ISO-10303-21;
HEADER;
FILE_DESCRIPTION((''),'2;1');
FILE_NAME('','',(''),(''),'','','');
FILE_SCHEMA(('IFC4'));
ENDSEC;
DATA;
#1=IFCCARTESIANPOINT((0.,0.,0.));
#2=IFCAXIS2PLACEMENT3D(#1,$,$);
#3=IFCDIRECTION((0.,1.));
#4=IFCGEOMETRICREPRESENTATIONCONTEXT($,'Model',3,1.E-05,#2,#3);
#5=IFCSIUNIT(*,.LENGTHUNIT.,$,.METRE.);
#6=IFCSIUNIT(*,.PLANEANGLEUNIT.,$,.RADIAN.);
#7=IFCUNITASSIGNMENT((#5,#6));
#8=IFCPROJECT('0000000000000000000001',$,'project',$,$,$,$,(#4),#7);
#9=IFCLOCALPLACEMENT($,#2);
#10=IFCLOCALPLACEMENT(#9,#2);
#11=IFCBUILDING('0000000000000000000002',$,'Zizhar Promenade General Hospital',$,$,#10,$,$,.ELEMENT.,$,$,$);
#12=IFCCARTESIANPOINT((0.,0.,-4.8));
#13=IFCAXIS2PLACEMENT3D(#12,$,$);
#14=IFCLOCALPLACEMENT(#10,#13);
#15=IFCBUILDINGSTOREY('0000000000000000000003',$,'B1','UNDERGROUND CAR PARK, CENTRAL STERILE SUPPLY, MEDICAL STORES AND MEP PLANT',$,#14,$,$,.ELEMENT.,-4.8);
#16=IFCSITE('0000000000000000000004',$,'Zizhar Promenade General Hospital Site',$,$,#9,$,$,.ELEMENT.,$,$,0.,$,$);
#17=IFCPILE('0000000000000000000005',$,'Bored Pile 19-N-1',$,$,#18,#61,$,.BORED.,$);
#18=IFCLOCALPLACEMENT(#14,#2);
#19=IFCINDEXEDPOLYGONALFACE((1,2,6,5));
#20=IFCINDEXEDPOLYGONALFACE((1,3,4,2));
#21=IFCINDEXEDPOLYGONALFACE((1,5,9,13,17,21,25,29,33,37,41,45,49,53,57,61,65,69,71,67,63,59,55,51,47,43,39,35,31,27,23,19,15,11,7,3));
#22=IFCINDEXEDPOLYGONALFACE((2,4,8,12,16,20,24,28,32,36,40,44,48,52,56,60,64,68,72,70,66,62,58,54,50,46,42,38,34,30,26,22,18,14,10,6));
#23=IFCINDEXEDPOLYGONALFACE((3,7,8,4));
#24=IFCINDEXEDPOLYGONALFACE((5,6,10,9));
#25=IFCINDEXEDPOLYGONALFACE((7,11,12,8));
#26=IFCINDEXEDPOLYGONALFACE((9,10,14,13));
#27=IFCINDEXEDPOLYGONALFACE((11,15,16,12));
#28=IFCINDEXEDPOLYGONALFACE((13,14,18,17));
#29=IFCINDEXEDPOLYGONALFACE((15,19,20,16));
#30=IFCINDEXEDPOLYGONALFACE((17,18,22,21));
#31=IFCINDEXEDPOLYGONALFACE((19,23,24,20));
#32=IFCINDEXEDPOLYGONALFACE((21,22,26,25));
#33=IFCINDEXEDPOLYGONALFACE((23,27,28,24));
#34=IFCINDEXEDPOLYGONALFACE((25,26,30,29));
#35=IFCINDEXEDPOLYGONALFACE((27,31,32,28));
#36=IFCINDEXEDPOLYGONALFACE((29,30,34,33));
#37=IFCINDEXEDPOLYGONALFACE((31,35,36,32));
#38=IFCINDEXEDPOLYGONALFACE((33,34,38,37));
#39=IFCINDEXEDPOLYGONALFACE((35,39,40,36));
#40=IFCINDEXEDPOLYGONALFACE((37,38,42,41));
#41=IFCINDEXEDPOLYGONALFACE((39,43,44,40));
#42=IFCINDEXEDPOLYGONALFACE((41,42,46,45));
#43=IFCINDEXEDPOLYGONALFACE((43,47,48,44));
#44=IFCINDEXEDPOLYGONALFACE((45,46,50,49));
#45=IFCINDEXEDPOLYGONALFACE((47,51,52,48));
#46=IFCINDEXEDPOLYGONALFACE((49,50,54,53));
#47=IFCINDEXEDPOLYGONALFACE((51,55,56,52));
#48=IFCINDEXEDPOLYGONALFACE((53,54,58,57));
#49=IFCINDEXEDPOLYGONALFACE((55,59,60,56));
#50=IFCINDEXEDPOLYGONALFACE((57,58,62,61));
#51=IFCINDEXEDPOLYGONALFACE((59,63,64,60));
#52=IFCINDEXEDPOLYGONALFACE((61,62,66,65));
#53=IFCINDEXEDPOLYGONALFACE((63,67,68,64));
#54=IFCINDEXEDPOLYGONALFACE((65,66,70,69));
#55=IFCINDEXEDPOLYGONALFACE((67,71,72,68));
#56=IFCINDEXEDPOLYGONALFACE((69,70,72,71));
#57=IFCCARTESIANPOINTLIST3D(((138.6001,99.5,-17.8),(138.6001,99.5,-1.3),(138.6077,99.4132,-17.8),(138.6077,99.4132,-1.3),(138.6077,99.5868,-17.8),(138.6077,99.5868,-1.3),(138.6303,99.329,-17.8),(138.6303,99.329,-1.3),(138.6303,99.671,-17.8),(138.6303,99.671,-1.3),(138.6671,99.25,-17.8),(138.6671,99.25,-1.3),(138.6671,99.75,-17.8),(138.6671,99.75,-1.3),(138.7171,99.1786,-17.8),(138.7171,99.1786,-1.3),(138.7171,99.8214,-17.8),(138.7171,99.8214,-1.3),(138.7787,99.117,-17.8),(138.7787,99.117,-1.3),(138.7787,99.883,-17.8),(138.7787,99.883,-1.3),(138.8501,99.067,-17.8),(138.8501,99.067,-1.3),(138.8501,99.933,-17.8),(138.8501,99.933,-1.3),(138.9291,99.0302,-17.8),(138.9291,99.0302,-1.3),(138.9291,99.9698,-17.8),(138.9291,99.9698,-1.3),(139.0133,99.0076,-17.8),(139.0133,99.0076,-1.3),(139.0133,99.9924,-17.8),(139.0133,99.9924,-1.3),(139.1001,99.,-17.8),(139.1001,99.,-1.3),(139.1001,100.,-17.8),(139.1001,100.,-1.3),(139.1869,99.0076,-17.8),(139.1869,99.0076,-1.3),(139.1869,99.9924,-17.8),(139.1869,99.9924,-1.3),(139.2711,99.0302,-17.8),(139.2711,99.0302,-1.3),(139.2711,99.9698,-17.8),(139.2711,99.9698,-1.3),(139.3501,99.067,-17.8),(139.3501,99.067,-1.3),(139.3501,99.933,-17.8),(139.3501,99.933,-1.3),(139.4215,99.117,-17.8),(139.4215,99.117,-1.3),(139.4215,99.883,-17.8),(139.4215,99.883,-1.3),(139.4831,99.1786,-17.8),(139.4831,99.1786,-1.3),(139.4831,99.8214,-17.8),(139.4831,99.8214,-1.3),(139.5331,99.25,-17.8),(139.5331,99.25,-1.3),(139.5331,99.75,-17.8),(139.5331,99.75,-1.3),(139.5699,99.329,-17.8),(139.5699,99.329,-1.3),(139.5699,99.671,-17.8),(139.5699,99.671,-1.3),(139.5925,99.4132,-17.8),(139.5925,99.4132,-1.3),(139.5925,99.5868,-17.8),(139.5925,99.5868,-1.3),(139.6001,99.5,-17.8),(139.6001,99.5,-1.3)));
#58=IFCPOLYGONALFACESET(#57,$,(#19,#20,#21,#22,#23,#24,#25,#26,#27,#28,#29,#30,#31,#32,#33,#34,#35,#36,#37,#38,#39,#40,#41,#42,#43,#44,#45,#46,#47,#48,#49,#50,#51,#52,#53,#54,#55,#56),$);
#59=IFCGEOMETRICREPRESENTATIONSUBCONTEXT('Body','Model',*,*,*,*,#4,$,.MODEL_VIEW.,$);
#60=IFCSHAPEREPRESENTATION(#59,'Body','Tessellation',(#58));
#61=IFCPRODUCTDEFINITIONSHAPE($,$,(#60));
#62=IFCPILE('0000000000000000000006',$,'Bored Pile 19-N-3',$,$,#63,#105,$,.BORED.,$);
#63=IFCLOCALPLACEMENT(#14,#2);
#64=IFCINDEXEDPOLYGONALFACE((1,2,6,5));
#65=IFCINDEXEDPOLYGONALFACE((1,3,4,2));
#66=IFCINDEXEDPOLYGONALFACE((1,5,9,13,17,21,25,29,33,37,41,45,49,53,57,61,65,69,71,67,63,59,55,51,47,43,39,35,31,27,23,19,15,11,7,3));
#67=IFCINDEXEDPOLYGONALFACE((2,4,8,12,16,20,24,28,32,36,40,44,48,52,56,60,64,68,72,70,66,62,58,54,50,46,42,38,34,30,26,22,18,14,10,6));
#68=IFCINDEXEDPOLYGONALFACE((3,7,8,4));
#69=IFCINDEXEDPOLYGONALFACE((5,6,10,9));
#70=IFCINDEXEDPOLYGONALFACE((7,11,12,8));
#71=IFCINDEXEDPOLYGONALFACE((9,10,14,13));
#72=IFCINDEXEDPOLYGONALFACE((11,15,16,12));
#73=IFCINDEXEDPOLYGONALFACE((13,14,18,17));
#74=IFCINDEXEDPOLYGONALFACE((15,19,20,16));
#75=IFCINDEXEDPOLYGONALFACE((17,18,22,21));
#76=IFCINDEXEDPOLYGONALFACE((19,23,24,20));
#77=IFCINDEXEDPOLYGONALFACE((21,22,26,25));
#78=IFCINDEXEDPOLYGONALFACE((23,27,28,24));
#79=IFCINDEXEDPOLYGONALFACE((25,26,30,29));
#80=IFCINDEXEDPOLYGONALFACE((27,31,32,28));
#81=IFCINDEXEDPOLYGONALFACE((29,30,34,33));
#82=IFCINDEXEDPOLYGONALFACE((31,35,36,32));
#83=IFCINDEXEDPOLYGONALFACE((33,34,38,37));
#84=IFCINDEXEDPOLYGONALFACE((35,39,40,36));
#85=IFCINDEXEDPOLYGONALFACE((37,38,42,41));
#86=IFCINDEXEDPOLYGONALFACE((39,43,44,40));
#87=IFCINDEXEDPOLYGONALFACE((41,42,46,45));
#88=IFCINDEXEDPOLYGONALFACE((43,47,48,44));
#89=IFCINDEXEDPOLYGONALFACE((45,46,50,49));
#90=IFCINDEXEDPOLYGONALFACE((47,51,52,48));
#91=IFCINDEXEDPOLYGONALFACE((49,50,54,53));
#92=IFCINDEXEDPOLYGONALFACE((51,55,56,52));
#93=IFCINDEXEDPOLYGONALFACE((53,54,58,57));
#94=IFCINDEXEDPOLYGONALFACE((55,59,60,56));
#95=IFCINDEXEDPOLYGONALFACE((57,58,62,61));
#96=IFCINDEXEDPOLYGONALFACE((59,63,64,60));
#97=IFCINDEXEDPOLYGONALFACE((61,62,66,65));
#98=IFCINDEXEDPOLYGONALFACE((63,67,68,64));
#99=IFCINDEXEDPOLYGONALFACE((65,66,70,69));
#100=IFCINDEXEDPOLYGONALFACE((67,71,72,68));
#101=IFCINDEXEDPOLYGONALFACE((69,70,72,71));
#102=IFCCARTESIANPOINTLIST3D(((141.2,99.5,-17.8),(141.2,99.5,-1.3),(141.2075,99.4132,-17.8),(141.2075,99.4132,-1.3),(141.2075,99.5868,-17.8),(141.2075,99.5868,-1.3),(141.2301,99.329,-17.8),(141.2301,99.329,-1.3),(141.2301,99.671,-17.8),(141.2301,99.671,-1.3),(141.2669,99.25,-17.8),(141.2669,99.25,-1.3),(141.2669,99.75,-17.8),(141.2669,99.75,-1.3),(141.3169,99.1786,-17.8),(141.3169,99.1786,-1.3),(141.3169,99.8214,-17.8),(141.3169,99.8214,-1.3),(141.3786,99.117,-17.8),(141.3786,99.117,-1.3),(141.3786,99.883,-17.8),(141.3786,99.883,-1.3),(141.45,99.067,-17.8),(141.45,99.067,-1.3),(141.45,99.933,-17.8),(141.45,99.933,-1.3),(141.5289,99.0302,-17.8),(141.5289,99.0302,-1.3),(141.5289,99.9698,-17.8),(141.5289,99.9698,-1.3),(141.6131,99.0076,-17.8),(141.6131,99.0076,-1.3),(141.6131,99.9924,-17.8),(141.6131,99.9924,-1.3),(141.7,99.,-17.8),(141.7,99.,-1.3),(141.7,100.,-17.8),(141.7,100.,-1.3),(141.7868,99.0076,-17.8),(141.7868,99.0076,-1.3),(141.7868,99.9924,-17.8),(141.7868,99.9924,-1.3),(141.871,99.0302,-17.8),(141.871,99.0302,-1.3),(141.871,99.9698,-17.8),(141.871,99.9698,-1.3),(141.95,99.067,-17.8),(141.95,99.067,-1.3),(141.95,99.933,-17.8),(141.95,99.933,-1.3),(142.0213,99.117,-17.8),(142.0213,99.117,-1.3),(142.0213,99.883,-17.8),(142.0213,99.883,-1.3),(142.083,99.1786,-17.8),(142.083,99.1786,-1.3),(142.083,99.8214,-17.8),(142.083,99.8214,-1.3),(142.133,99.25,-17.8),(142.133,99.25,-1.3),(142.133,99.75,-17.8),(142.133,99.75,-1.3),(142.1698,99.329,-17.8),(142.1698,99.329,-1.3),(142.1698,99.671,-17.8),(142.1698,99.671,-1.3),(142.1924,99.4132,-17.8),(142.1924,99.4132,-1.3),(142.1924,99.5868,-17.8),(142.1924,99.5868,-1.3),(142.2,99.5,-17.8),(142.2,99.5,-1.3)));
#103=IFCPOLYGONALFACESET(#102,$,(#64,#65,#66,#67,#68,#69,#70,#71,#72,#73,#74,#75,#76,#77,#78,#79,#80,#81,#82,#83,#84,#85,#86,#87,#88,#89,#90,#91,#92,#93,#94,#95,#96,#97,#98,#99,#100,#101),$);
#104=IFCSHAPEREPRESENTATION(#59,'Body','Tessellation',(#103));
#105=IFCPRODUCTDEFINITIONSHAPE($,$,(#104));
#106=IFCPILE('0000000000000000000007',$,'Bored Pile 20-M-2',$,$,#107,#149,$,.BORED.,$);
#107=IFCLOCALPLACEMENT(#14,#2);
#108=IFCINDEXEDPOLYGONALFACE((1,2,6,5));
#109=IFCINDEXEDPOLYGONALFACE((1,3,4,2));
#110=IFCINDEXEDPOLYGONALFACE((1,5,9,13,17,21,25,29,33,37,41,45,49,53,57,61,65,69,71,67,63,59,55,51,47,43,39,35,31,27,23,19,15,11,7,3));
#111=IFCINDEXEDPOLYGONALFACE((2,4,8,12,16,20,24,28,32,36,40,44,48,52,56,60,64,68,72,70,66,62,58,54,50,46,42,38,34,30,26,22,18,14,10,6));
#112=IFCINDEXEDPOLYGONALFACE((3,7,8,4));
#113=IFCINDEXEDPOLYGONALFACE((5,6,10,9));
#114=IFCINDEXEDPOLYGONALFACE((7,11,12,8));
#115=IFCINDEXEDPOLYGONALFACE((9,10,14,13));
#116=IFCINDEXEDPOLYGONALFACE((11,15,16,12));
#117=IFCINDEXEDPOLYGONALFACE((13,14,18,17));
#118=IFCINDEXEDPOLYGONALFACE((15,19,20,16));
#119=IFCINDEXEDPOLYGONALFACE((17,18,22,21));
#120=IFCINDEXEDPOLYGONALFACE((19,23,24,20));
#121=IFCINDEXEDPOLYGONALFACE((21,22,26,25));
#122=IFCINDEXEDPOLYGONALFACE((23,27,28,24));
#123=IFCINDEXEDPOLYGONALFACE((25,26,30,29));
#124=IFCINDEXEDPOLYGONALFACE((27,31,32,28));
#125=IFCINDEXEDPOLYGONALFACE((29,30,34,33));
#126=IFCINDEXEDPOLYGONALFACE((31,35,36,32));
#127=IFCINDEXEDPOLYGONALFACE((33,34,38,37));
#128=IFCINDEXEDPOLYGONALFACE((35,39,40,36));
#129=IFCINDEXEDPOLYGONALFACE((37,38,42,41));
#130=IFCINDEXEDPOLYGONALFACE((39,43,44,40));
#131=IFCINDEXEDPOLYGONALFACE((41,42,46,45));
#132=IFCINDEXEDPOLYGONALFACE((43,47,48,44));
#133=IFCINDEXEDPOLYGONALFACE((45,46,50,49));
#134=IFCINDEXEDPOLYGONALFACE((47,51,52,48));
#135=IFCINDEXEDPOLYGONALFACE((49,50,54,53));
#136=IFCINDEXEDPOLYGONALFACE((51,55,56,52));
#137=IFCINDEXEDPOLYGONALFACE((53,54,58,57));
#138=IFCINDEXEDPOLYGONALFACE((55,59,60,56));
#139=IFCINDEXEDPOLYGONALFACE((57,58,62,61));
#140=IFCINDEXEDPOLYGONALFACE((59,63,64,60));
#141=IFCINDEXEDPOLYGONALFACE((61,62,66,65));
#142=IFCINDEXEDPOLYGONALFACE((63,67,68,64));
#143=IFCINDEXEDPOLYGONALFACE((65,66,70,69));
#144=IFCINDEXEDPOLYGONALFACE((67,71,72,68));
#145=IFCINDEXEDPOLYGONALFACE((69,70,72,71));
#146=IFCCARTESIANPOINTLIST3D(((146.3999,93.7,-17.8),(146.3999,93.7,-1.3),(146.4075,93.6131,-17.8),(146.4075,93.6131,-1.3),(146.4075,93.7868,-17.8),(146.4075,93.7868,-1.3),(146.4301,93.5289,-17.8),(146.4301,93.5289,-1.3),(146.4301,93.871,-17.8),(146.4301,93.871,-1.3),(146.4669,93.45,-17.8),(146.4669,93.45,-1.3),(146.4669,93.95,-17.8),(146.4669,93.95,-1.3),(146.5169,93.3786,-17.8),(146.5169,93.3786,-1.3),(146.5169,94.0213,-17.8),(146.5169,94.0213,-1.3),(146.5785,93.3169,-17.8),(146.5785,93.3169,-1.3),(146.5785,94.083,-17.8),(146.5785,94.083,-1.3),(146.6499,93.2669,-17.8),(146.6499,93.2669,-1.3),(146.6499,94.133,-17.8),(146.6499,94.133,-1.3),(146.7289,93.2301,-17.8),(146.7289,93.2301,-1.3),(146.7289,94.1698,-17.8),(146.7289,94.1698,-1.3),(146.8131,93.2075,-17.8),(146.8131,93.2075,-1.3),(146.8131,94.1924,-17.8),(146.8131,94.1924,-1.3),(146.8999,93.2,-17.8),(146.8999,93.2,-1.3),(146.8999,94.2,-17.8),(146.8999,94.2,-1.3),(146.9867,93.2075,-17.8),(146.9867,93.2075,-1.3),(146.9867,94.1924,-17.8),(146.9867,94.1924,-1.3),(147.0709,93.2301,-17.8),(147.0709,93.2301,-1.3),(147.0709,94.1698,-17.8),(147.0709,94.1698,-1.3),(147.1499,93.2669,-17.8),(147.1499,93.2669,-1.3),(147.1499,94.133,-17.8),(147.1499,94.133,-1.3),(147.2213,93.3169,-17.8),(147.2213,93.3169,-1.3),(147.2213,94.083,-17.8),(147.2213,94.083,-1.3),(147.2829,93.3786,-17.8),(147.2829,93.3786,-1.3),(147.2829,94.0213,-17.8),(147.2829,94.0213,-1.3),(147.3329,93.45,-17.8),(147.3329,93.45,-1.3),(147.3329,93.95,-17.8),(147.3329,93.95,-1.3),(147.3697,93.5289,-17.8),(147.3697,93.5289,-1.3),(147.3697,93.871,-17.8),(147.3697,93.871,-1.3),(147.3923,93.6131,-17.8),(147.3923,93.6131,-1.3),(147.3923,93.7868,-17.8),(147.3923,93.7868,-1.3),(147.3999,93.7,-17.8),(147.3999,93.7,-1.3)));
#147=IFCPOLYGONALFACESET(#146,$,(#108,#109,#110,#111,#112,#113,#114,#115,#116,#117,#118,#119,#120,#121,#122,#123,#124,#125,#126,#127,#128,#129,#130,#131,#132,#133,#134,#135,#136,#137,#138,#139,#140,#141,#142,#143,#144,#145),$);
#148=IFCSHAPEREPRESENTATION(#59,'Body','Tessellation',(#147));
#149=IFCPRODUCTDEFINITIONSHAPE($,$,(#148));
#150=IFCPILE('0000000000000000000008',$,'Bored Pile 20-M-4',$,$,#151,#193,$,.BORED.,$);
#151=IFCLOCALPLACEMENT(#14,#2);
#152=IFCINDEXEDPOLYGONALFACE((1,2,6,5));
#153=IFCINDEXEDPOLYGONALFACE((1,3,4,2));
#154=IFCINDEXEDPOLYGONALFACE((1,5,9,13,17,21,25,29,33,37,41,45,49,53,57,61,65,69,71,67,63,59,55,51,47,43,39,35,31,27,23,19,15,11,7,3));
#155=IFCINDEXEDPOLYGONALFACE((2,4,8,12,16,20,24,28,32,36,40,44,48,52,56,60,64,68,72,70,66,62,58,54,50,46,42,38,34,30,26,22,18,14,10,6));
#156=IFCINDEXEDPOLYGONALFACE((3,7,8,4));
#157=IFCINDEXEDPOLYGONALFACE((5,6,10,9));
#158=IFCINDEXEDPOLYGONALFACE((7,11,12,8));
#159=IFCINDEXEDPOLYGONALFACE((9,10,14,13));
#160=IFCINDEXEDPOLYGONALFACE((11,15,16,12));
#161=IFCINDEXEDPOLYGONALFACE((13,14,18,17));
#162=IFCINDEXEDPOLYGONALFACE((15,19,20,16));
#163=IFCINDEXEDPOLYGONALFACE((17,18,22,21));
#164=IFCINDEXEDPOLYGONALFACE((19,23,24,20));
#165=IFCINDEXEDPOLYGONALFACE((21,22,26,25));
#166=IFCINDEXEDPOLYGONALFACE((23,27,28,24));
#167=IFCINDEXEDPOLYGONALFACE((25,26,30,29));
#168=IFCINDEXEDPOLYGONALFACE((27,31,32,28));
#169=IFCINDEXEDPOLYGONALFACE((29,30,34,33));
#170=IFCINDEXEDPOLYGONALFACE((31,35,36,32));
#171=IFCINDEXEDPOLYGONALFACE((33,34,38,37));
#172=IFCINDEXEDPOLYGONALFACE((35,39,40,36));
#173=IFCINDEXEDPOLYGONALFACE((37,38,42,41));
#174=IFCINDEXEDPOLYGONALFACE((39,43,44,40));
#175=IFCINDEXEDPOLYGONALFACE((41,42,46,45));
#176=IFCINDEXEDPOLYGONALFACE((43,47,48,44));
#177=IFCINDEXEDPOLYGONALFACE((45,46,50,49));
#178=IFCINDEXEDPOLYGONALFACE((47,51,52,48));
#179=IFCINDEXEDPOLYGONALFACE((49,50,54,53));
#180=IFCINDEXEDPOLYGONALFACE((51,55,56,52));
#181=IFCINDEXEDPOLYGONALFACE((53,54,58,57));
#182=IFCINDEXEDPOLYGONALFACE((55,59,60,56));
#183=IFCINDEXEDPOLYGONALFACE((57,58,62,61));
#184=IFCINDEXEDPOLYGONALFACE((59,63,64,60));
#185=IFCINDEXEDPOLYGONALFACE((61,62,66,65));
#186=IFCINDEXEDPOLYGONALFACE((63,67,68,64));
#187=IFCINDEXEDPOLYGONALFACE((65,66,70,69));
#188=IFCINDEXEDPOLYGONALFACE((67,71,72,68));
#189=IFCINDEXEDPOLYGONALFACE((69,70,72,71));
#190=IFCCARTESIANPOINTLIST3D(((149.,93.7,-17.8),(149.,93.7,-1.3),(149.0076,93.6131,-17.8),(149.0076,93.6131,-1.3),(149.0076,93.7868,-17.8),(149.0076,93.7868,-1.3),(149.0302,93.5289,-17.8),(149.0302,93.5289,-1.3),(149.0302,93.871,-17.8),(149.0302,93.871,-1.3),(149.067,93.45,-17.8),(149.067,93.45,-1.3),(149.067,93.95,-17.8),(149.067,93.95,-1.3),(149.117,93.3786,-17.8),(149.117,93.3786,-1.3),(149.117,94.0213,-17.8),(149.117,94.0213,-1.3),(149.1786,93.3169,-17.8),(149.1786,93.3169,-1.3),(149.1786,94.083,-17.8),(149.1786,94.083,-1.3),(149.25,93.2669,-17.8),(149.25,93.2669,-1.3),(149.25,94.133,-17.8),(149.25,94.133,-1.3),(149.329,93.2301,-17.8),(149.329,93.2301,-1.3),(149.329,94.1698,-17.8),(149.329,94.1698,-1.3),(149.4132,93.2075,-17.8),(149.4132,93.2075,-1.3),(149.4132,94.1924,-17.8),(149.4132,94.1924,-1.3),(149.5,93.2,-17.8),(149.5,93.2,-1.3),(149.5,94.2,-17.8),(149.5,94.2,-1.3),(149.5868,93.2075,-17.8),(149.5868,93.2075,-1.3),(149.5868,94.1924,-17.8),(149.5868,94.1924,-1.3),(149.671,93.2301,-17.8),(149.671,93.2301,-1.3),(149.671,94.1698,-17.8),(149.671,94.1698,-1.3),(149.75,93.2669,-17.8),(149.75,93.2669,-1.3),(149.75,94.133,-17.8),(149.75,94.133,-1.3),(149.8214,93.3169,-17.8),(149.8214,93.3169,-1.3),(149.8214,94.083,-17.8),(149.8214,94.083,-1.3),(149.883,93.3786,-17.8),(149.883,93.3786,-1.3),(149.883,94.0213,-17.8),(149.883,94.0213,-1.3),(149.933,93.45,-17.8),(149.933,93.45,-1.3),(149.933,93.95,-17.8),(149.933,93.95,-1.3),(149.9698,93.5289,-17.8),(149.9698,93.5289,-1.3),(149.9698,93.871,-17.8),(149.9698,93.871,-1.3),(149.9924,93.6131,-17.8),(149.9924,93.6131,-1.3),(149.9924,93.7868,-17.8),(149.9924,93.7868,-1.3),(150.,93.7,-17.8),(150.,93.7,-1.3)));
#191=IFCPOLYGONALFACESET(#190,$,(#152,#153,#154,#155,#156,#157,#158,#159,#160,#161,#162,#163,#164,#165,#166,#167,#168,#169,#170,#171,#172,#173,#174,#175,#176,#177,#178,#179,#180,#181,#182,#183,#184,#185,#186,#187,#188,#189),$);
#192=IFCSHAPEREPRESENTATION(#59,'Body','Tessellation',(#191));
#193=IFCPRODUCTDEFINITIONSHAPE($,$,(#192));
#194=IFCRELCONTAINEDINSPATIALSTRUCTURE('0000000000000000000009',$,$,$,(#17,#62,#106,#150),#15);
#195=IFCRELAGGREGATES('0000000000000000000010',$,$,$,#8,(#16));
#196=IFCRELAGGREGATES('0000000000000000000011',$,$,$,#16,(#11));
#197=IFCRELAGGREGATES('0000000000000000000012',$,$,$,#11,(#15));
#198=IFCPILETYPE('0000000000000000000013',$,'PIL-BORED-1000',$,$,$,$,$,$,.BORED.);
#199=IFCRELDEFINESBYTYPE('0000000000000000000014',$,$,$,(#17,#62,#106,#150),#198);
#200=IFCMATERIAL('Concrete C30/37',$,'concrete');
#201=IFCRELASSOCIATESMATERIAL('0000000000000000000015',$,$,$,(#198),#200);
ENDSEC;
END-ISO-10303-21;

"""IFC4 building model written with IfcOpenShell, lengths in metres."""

from ifc_helpers import new_model, si_unit, direction, frame, origin, origin_2d, place, context, subcontext, project, spatial, circle, extrude, material, material_profile, profile_set, type_object, element, save


model = new_model("IFC4")

# Units and contexts
model_context = context("Model", 3, precision=1e-05, world=origin(), true_north=direction((0.0, 1.0)))
body_context = subcontext(model_context, "Body", "Model", "MODEL_VIEW")
ifc_project = project(units=[si_unit("LENGTHUNIT", "METRE"), si_unit("PLANEANGLEUNIT", "RADIAN")], contexts=[model_context])

# Site, building, storey
site_placement = place(None, origin())
site = spatial("IfcSite", under=ifc_project, at=site_placement, Name="Zizhar Promenade General Hospital Site", CompositionType="ELEMENT", RefElevation=0.0)
building_placement = place(site_placement, origin())
building = spatial("IfcBuilding", under=site, at=building_placement, Name="Zizhar Promenade General Hospital", CompositionType="ELEMENT")
storey_placement = place(building_placement, frame((0.0, 0.0, -4.8)))
storey = spatial("IfcBuildingStorey", under=building, at=storey_placement, Name="B1", Description="UNDERGROUND CAR PARK, CENTRAL STERILE SUPPLY, MEDICAL STORES AND MEP PLANT", CompositionType="ELEMENT", Elevation=-4.8)

# Piles
ifc_material_1 = material(Name="Concrete C30/37", Category="concrete")
ifc_material_profile_1 = material_profile(ifc_material_1, circle(Radius=0.5, at=origin_2d()))
ifc_profile_set_1 = profile_set([ifc_material_profile_1], Name="Concrete C30/37")
pile_type = type_object("IfcPileType", Name="PIL-BORED-1000", PredefinedType="BORED", material=ifc_profile_set_1)
for number, where, z_axis, x_axis, name in (
    (1, (139.1001, 99.5, -1.3), (0.0, 0.0, -1.0), (1.0, 0.0, 0.0), "Bored Pile 19-N-1"),
    (2, (141.7, 99.5, -1.3), (0.0, 0.0, -1.0), (1.0, 0.0, 0.0), "Bored Pile 19-N-3"),
    (3, (146.8999, 93.7, -1.3), (0.0, 0.0, -1.0), (1.0, 0.0, 0.0), "Bored Pile 20-M-2"),
    (4, (149.5, 93.7, -1.3), (0.0, 0.0, -1.0), (1.0, 0.0, 0.0), "Bored Pile 20-M-4"),
):
    element("IfcPile", number, at=place(storey_placement, frame(where, z_axis=z_axis, x_axis=x_axis)), inside=storey, type_object=pile_type, Name=name, PredefinedType="BORED", context=body_context, shape_type="SweptSolid", body=[
        extrude(circle(Radius=0.5, at=origin_2d()), origin(), (0.0, 0.0, 1.0), 16.5),
    ])

save(model, "model.ifc")
